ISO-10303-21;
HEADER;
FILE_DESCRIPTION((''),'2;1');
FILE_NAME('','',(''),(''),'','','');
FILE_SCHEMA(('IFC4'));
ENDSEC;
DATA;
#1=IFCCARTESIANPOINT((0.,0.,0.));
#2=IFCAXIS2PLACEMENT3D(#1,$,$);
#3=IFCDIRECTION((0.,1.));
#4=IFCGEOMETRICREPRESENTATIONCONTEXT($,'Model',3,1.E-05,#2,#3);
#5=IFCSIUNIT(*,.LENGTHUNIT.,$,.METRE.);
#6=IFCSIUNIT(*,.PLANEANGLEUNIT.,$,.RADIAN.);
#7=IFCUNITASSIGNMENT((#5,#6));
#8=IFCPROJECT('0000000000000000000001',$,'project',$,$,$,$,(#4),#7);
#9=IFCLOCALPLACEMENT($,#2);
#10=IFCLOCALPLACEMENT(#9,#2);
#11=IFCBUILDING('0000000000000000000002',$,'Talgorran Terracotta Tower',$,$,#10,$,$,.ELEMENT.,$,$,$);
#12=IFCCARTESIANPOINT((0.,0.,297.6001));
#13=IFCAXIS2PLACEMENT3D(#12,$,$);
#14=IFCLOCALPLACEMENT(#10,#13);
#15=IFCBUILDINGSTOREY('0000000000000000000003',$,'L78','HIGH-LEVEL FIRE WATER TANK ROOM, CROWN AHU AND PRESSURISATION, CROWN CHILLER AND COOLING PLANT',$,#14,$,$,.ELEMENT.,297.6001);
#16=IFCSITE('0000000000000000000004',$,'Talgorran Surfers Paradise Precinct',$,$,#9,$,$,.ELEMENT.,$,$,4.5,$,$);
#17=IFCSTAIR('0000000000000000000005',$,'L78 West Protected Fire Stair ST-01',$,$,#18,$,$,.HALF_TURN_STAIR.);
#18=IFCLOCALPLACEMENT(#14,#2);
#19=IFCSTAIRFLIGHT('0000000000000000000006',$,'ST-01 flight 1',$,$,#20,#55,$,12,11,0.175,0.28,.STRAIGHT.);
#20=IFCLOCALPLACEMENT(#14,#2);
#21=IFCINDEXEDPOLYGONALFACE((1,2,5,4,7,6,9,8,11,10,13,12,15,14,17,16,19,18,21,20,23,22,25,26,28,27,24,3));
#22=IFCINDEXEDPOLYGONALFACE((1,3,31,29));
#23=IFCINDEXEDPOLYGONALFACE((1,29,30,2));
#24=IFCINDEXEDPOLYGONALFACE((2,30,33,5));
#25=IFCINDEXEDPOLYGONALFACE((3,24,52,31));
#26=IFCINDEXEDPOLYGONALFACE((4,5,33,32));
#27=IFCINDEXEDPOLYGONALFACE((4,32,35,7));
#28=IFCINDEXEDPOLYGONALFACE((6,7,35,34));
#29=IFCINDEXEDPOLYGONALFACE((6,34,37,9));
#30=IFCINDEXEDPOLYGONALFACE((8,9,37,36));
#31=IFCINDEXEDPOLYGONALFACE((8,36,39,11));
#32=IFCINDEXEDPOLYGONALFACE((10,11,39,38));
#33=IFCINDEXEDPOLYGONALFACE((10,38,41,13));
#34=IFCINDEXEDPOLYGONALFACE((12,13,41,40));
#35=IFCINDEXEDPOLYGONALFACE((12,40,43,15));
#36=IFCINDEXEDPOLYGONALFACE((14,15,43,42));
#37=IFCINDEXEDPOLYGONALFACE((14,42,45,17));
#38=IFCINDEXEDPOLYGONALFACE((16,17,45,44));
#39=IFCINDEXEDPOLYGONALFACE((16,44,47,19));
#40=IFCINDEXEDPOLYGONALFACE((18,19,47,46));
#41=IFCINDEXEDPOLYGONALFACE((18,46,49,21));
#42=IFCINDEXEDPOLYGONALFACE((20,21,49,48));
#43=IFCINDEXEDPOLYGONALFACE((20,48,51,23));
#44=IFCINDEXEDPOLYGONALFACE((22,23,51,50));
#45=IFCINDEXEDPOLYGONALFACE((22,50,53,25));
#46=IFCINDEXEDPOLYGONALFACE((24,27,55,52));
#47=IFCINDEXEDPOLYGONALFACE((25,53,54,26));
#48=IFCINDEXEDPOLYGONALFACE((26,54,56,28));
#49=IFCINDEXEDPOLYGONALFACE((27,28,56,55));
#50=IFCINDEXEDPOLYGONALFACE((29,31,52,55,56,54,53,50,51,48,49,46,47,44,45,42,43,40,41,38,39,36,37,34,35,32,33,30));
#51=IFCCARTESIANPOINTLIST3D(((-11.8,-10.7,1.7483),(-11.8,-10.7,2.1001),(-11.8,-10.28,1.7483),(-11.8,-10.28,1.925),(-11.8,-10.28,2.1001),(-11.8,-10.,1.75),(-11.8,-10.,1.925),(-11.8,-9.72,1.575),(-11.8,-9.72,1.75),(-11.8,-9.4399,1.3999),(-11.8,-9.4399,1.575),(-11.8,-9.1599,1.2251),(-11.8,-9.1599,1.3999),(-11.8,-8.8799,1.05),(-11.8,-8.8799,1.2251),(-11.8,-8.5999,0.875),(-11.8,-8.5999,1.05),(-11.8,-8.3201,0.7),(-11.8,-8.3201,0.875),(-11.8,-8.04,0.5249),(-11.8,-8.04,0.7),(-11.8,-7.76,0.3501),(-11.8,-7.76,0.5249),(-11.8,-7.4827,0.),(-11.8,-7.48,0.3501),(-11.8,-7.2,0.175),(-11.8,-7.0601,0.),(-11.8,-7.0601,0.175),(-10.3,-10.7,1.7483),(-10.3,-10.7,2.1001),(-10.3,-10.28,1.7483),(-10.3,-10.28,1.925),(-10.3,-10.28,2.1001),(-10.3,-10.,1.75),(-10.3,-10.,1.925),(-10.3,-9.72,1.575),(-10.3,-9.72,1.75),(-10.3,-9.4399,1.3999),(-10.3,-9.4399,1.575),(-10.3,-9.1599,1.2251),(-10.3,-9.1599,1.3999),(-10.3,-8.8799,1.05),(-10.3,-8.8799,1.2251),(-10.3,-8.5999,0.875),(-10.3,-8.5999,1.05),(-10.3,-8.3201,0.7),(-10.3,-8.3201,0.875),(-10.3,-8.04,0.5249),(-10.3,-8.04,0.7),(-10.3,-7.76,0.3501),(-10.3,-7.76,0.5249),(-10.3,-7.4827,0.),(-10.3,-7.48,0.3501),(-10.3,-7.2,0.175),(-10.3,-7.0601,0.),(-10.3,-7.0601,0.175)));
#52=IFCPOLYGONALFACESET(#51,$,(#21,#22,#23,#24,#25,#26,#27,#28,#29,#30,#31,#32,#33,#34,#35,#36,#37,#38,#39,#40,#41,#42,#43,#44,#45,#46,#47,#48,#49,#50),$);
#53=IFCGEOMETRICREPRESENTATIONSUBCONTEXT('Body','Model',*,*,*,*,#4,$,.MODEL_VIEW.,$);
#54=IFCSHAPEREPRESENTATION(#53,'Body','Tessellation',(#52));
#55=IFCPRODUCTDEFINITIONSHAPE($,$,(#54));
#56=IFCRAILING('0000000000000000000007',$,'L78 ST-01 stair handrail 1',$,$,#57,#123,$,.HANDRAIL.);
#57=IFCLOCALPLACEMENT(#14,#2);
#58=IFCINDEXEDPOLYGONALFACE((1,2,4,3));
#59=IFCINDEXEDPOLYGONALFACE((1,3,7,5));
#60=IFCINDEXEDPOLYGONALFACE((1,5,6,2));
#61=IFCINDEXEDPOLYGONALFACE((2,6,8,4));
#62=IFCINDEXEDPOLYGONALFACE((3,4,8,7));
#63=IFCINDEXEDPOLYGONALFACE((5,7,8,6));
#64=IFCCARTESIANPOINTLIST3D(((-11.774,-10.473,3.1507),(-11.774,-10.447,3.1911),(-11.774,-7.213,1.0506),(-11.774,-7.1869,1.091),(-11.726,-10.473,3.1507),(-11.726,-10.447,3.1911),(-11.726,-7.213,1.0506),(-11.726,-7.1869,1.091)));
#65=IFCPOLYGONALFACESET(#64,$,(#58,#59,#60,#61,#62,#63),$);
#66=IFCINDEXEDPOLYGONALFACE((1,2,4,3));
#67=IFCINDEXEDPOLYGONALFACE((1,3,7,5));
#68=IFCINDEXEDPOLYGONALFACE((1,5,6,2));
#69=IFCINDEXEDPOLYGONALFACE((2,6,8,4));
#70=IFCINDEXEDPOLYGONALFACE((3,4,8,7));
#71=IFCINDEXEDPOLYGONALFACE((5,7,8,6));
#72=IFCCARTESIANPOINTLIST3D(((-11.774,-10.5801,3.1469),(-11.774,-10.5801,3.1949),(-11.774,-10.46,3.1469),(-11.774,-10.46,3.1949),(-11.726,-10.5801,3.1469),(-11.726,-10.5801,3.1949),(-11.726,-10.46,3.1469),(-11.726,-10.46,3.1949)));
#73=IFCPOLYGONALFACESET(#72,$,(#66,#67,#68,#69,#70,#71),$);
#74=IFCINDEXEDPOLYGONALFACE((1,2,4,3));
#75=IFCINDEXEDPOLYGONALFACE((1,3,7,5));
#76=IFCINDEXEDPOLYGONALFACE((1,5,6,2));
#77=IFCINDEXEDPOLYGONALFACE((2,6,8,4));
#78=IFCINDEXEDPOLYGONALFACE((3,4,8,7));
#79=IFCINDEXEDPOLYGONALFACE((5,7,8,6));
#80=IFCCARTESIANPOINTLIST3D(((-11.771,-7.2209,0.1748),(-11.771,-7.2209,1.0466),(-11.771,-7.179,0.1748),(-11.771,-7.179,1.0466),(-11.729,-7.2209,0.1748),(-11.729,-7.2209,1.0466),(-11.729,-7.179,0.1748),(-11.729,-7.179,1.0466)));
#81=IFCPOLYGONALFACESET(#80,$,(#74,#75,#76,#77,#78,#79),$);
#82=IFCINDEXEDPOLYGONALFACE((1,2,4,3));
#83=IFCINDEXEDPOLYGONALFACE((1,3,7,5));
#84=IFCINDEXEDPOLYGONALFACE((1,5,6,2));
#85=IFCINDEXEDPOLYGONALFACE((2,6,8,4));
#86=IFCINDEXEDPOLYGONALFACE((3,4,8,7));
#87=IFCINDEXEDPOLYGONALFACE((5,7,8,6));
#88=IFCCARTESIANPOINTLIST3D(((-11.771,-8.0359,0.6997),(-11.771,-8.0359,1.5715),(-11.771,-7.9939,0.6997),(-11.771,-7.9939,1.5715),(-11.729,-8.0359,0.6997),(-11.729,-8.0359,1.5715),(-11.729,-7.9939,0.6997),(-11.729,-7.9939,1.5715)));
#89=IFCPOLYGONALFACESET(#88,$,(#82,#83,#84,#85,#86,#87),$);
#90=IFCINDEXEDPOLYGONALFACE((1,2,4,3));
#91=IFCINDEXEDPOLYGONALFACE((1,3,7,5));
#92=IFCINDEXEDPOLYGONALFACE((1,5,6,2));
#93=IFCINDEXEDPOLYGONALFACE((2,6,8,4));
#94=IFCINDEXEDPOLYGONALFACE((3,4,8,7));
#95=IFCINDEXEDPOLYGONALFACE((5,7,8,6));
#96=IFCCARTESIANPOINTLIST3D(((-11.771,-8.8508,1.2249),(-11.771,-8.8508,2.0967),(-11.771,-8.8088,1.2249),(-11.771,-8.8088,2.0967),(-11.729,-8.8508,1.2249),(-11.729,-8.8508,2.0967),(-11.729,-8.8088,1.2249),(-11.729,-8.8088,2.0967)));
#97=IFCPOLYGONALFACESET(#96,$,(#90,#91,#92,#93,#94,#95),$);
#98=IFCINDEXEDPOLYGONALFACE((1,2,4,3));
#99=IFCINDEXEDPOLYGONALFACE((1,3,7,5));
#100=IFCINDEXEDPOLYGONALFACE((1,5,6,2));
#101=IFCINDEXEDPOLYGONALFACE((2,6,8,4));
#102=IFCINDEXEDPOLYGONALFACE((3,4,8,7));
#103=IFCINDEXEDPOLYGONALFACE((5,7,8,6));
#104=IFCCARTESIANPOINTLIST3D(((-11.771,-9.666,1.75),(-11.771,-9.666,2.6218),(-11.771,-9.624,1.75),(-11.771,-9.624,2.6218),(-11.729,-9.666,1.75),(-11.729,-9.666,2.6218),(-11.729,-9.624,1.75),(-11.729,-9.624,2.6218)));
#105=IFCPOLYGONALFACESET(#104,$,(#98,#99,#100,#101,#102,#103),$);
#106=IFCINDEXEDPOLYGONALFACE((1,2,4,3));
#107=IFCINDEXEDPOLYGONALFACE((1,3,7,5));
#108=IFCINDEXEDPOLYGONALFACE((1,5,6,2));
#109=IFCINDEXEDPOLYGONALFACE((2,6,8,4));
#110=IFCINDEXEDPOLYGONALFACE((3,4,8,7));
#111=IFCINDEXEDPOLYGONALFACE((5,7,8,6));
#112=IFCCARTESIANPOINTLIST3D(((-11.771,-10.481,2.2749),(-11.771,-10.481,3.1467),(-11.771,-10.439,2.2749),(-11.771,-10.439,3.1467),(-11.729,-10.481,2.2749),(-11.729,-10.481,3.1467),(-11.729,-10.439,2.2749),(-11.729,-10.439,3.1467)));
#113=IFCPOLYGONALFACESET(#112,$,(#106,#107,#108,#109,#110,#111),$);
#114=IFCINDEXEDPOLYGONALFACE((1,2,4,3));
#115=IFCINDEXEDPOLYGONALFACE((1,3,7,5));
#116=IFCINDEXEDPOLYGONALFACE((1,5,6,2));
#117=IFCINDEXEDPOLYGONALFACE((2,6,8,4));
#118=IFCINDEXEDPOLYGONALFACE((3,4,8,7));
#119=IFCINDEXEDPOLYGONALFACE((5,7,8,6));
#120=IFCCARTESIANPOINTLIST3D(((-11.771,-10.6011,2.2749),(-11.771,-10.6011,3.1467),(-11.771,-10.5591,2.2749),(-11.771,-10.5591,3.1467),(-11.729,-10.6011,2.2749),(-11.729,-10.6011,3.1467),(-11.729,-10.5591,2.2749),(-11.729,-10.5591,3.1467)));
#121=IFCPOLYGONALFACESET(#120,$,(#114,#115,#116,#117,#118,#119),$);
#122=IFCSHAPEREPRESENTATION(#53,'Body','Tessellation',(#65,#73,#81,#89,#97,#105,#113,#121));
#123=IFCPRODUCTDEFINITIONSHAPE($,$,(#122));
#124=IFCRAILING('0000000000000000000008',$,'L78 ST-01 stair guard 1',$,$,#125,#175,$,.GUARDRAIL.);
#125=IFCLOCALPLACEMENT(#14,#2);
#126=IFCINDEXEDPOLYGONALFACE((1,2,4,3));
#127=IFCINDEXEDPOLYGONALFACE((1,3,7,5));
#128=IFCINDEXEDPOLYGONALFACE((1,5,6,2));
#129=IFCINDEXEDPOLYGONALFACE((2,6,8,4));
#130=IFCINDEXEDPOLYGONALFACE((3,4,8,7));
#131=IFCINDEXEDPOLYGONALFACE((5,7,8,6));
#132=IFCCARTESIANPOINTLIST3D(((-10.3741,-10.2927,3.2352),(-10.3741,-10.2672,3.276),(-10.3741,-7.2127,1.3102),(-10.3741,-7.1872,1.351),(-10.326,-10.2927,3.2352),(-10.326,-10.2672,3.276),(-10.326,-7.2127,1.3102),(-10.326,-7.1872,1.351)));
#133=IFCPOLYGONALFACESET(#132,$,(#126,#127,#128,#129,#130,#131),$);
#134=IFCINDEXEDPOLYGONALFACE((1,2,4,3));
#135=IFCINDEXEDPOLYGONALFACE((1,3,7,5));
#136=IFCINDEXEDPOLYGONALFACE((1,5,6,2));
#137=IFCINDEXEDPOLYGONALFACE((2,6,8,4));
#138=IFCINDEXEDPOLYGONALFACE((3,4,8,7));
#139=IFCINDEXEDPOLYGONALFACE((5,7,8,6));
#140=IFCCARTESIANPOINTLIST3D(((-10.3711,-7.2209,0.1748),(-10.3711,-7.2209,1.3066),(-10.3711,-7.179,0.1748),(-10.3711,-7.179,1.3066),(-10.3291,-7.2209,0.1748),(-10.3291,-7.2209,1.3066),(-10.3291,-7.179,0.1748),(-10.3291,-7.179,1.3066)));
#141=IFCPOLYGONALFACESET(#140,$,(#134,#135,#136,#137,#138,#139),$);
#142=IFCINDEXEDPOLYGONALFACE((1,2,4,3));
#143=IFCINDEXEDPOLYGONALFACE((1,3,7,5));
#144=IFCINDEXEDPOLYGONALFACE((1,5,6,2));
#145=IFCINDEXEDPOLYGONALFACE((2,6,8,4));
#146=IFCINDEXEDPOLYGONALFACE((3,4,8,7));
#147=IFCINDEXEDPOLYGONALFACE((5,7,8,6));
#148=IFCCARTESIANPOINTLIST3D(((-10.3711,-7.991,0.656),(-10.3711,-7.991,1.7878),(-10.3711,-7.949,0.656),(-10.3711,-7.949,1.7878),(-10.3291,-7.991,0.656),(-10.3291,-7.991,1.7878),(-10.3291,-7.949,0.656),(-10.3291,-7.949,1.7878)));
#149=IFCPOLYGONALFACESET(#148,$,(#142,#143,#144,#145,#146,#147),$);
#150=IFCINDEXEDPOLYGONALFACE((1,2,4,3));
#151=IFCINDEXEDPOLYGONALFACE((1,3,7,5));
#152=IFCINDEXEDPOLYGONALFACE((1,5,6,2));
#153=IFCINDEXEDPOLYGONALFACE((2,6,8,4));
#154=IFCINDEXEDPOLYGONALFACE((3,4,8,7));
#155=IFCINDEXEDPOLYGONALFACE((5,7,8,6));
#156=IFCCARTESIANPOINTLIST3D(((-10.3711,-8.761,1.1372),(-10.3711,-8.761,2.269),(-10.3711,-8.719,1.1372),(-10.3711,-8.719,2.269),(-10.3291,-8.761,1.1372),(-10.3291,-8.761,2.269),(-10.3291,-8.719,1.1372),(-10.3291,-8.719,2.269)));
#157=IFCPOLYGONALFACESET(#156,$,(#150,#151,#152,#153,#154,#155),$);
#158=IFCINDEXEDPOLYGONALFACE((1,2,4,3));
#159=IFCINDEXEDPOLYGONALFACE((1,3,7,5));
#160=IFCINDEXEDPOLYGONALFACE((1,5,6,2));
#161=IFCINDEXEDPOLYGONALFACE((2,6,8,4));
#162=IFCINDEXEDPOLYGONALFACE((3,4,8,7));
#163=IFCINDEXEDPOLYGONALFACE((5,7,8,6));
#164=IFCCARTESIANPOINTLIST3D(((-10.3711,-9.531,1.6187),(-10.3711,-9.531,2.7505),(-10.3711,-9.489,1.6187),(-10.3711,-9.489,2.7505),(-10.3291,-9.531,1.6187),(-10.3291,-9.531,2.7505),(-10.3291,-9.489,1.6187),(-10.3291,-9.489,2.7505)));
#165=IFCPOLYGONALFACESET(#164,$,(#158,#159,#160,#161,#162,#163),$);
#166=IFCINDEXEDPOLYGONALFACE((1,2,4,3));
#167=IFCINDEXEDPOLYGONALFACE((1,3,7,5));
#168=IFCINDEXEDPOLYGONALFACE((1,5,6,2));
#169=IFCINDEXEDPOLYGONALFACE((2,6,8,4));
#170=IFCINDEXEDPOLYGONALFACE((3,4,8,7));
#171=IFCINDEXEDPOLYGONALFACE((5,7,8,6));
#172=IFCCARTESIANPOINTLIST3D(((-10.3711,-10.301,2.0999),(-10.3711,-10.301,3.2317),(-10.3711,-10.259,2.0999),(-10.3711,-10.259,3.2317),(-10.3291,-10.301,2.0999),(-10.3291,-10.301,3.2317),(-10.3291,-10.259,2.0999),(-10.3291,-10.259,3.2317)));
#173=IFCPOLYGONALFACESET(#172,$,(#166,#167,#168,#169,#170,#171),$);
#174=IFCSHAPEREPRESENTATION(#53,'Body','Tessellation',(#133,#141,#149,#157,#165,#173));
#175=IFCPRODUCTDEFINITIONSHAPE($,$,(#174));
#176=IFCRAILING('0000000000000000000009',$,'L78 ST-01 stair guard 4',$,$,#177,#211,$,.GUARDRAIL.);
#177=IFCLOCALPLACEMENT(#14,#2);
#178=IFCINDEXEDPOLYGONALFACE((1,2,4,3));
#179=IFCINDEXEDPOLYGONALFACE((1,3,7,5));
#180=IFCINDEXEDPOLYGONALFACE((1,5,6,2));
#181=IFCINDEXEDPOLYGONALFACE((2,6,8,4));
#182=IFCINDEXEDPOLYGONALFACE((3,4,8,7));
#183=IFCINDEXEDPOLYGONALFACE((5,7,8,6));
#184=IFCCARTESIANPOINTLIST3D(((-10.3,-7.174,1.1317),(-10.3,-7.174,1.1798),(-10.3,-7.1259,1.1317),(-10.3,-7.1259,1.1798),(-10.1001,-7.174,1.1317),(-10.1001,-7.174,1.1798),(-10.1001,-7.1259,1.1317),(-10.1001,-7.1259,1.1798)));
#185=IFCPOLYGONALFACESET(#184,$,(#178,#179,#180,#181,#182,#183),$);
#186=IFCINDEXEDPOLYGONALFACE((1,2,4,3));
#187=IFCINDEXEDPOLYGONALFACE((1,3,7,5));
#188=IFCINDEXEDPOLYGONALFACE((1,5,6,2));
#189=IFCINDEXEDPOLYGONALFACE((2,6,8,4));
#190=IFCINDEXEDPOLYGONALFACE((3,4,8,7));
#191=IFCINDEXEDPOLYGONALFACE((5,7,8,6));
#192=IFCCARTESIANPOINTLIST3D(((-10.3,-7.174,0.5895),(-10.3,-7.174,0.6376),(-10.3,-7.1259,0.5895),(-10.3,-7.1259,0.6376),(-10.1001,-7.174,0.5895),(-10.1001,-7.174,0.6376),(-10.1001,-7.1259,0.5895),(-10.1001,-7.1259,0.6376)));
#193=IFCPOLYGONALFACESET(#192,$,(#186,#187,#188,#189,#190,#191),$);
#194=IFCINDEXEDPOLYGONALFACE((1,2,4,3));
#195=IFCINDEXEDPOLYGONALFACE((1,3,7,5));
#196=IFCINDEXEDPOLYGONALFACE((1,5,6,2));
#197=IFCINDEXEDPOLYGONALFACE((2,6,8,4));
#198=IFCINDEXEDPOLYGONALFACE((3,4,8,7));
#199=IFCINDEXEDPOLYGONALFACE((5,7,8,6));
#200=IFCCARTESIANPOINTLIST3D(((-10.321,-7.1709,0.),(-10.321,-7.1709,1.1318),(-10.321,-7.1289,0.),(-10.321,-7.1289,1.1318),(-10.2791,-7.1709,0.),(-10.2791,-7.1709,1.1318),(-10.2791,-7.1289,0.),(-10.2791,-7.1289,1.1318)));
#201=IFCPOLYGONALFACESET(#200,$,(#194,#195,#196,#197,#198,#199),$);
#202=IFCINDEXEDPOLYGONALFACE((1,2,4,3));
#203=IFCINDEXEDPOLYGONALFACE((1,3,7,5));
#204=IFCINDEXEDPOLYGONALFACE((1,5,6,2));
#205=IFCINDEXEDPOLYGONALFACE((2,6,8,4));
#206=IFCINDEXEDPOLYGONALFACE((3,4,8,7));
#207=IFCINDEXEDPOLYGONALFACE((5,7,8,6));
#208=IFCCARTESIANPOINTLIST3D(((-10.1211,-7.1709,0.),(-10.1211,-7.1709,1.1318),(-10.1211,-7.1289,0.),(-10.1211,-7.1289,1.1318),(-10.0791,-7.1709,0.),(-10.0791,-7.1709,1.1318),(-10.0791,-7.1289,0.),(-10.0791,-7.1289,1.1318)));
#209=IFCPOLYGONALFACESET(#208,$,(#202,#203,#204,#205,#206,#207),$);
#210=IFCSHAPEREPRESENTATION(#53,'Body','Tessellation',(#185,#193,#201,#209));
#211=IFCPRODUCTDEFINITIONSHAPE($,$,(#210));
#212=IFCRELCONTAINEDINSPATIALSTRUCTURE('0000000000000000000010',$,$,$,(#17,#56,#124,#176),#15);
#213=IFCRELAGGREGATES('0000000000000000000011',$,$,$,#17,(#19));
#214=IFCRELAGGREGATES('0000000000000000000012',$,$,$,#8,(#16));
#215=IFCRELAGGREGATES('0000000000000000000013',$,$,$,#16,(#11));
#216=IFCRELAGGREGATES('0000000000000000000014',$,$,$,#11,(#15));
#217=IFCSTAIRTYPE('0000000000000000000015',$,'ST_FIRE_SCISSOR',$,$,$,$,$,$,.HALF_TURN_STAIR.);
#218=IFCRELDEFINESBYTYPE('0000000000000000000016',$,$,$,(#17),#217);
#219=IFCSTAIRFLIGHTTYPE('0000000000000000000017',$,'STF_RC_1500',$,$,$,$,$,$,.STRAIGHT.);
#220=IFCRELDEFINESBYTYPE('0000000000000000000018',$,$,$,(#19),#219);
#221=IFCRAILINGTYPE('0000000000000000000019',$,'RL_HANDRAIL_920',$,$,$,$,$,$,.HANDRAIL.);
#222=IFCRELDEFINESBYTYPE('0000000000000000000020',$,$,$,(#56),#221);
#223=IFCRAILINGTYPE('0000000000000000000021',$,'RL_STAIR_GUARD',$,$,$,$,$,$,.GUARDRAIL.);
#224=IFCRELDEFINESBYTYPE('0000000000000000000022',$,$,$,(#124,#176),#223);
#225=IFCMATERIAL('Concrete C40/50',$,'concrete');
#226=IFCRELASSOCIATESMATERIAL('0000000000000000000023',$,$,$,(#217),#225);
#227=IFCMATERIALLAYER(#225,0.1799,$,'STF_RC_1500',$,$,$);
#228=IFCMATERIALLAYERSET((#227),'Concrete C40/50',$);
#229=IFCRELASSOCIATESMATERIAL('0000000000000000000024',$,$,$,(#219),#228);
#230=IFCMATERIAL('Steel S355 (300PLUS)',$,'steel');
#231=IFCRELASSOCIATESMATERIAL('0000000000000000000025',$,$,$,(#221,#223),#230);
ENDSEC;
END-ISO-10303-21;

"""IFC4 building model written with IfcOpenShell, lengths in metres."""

from ifc_helpers import new_model, si_unit, direction, frame, origin, origin_2d, place, context, subcontext, project, spatial, polyline, rectangle, outline, extrude, material, layer, layer_set, type_object, element, aggregate, save


model = new_model("IFC4")

# Units and contexts
model_context = context("Model", 3, precision=1e-05, world=origin(), true_north=direction((0.0, 1.0)))
body_context = subcontext(model_context, "Body", "Model", "MODEL_VIEW")
ifc_project = project(units=[si_unit("LENGTHUNIT", "METRE"), si_unit("PLANEANGLEUNIT", "RADIAN")], contexts=[model_context])

# Site, building, storey
site_placement = place(None, origin())
site = spatial("IfcSite", under=ifc_project, at=site_placement, Name="Talgorran Surfers Paradise Precinct", CompositionType="ELEMENT", RefElevation=4.5)
building_placement = place(site_placement, origin())
building = spatial("IfcBuilding", under=site, at=building_placement, Name="Talgorran Terracotta Tower", CompositionType="ELEMENT")
storey_placement = place(building_placement, frame((0.0, 0.0, 297.6001)))
storey = spatial("IfcBuildingStorey", under=building, at=storey_placement, Name="L78", Description="HIGH-LEVEL FIRE WATER TANK ROOM, CROWN AHU AND PRESSURISATION, CROWN CHILLER AND COOLING PLANT", CompositionType="ELEMENT", Elevation=297.6001)

# Shared definitions
ifc_material_1 = material(Name="Steel S355 (300PLUS)", Category="steel")

# Stair, stair flight
ifc_material_2 = material(Name="Concrete C40/50", Category="concrete")
stair_type = type_object("IfcStairType", Name="ST_FIRE_SCISSOR", PredefinedType="HALF_TURN_STAIR", material=ifc_material_2)
stair_placement = place(storey_placement, origin())
stair = element("IfcStair", 1, at=stair_placement, inside=storey, type_object=stair_type, Name="L78 West Protected Fire Stair ST-01", PredefinedType="HALF_TURN_STAIR")
ifc_layer_1 = layer(ifc_material_2, 0.1799, Name="STF_RC_1500")
ifc_layer_set_1 = layer_set([ifc_layer_1], Name="Concrete C40/50")
stair_flight_type = type_object("IfcStairFlightType", Name="STF_RC_1500", PredefinedType="STRAIGHT", material=ifc_layer_set_1)
stair_flight_placement = place(storey_placement, frame((-11.05, -7.2, 0.0), z_axis=(0.0, 0.0, 1.0), x_axis=(0.0, -1.0, 0.0)))
stair_flight = element("IfcStairFlight", 2, at=stair_flight_placement, type_object=stair_flight_type, Name="ST-01 flight 1", NumberOfRisers=12, NumberOfTreads=11, PredefinedType="STRAIGHT", RiserHeight=0.175, TreadLength=0.28, context=body_context, shape_type="SweptSolid", body=[
    extrude(outline(polyline([(-0.1399, 0.0), (-0.1399, 0.175), (0.0, 0.175), (0.28, 0.3501), (0.5601, 0.3501), (0.5601, 0.5249), (0.8401, 0.5249), (0.8401, 0.7), (1.1201, 0.7), (1.1201, 0.875), (1.3999, 0.875), (1.3999, 1.05), (1.6799, 1.05), (1.6799, 1.2251), (1.96, 1.2251), (1.96, 1.3999), (2.24, 1.3999), (2.24, 1.575), (2.52, 1.575), (2.52, 1.75), (2.8, 1.75), (2.8, 1.925), (3.0801, 1.925), (3.0801, 2.1001), (3.5, 2.1001), (3.5, 1.7483), (3.0801, 1.7483), (0.2827, 0.0), (-0.1399, 0.0)])), frame((0.0, 0.75, 0.0), z_axis=(0.0, -1.0, 0.0), x_axis=(1.0, 0.0, 0.0)), (0.0, 0.0, 1.0), 1.5),
])
aggregate(stair, [stair_flight])

# Railings
railing_type_1 = type_object("IfcRailingType", Name="RL_HANDRAIL_920", PredefinedType="HANDRAIL", material=ifc_material_1)
railing_1_placement = place(storey_placement, frame((-11.75, -7.2, 0.1748)))
element("IfcRailing", 3, at=railing_1_placement, inside=storey, type_object=railing_type_1, Name="L78 ST-01 stair handrail 1", PredefinedType="HANDRAIL", context=body_context, shape_type="SweptSolid", body=[
    extrude(rectangle(XDim=0.0481, YDim=0.0481, at=origin_2d()), frame((0.0, 0.0, 0.896), z_axis=(0.0, -0.840665, 0.541556), x_axis=(1.0, 0.0, 0.0)), (0.0, 0.0, 1.0), 3.8779),
    extrude(rectangle(XDim=0.0481, YDim=0.0481, at=origin_2d()), frame((0.0, -3.26, 2.9961), z_axis=(0.0, -1.0, 0.0), x_axis=(1.0, 0.0, 0.0)), (0.0, 0.0, 1.0), 0.1201),
    extrude(rectangle(XDim=0.042, YDim=0.042, at=origin_2d()), origin(), (0.0, 0.0, 1.0), 0.8718),
    extrude(rectangle(XDim=0.042, YDim=0.042, at=origin_2d()), frame((0.0, -0.8149, 0.5249)), (0.0, 0.0, 1.0), 0.8718),
    extrude(rectangle(XDim=0.042, YDim=0.042, at=origin_2d()), frame((0.0, -1.6299, 1.05)), (0.0, 0.0, 1.0), 0.8718),
    extrude(rectangle(XDim=0.042, YDim=0.042, at=origin_2d()), frame((0.0, -2.4451, 1.5752)), (0.0, 0.0, 1.0), 0.8718),
    extrude(rectangle(XDim=0.042, YDim=0.042, at=origin_2d()), frame((0.0, -3.26, 2.1001)), (0.0, 0.0, 1.0), 0.8718),
    extrude(rectangle(XDim=0.042, YDim=0.042, at=origin_2d()), frame((0.0, -3.3801, 2.1001)), (0.0, 0.0, 1.0), 0.8718),
])
railing_type_2 = type_object("IfcRailingType", Name="RL_STAIR_GUARD", PredefinedType="GUARDRAIL", material=ifc_material_1)
railing_2_placement = place(storey_placement, frame((-10.3501, -7.2, 0.1748)))
element("IfcRailing", 4, at=railing_2_placement, inside=storey, type_object=railing_type_2, Name="L78 ST-01 stair guard 1", PredefinedType="GUARDRAIL", context=body_context, shape_type="SweptSolid", body=[
    extrude(rectangle(XDim=0.0481, YDim=0.0481, at=origin_2d()), frame((0.0, 0.0, 1.1558), z_axis=(0.0, -0.847998, 0.529999), x_axis=(1.0, 0.0, 0.0)), (0.0, 0.0, 1.0), 3.6321),
    extrude(rectangle(XDim=0.042, YDim=0.042, at=origin_2d()), origin(), (0.0, 0.0, 1.0), 1.1318),
    extrude(rectangle(XDim=0.042, YDim=0.042, at=origin_2d()), frame((0.0, -0.77, 0.4812)), (0.0, 0.0, 1.0), 1.1318),
    extrude(rectangle(XDim=0.042, YDim=0.042, at=origin_2d()), frame((0.0, -1.54, 0.9624)), (0.0, 0.0, 1.0), 1.1318),
    extrude(rectangle(XDim=0.042, YDim=0.042, at=origin_2d()), frame((0.0, -2.3101, 1.4438)), (0.0, 0.0, 1.0), 1.1318),
    extrude(rectangle(XDim=0.042, YDim=0.042, at=origin_2d()), frame((0.0, -3.0801, 1.925)), (0.0, 0.0, 1.0), 1.1318),
])
railing_3_placement = place(storey_placement, frame((-10.3, -7.1499, 0.0)))
element("IfcRailing", 5, at=railing_3_placement, inside=storey, type_object=railing_type_2, Name="L78 ST-01 stair guard 4", PredefinedType="GUARDRAIL", context=body_context, shape_type="SweptSolid", body=[
    extrude(rectangle(XDim=0.0481, YDim=0.0481, at=origin_2d()), frame((0.0, 0.0, 1.1558), z_axis=(1.0, 0.0, 0.0), x_axis=(0.0, 1.0, 0.0)), (0.0, 0.0, 1.0), 0.2),
    extrude(rectangle(XDim=0.0481, YDim=0.0481, at=origin_2d()), frame((0.0, 0.0, 0.6135), z_axis=(1.0, 0.0, 0.0), x_axis=(0.0, 1.0, 0.0)), (0.0, 0.0, 1.0), 0.2),
    extrude(rectangle(XDim=0.042, YDim=0.042, at=origin_2d()), origin(), (0.0, 0.0, 1.0), 1.1318),
    extrude(rectangle(XDim=0.042, YDim=0.042, at=origin_2d()), frame((0.2, 0.0, 0.0)), (0.0, 0.0, 1.0), 1.1318),
])

save(model, "model.ifc")
